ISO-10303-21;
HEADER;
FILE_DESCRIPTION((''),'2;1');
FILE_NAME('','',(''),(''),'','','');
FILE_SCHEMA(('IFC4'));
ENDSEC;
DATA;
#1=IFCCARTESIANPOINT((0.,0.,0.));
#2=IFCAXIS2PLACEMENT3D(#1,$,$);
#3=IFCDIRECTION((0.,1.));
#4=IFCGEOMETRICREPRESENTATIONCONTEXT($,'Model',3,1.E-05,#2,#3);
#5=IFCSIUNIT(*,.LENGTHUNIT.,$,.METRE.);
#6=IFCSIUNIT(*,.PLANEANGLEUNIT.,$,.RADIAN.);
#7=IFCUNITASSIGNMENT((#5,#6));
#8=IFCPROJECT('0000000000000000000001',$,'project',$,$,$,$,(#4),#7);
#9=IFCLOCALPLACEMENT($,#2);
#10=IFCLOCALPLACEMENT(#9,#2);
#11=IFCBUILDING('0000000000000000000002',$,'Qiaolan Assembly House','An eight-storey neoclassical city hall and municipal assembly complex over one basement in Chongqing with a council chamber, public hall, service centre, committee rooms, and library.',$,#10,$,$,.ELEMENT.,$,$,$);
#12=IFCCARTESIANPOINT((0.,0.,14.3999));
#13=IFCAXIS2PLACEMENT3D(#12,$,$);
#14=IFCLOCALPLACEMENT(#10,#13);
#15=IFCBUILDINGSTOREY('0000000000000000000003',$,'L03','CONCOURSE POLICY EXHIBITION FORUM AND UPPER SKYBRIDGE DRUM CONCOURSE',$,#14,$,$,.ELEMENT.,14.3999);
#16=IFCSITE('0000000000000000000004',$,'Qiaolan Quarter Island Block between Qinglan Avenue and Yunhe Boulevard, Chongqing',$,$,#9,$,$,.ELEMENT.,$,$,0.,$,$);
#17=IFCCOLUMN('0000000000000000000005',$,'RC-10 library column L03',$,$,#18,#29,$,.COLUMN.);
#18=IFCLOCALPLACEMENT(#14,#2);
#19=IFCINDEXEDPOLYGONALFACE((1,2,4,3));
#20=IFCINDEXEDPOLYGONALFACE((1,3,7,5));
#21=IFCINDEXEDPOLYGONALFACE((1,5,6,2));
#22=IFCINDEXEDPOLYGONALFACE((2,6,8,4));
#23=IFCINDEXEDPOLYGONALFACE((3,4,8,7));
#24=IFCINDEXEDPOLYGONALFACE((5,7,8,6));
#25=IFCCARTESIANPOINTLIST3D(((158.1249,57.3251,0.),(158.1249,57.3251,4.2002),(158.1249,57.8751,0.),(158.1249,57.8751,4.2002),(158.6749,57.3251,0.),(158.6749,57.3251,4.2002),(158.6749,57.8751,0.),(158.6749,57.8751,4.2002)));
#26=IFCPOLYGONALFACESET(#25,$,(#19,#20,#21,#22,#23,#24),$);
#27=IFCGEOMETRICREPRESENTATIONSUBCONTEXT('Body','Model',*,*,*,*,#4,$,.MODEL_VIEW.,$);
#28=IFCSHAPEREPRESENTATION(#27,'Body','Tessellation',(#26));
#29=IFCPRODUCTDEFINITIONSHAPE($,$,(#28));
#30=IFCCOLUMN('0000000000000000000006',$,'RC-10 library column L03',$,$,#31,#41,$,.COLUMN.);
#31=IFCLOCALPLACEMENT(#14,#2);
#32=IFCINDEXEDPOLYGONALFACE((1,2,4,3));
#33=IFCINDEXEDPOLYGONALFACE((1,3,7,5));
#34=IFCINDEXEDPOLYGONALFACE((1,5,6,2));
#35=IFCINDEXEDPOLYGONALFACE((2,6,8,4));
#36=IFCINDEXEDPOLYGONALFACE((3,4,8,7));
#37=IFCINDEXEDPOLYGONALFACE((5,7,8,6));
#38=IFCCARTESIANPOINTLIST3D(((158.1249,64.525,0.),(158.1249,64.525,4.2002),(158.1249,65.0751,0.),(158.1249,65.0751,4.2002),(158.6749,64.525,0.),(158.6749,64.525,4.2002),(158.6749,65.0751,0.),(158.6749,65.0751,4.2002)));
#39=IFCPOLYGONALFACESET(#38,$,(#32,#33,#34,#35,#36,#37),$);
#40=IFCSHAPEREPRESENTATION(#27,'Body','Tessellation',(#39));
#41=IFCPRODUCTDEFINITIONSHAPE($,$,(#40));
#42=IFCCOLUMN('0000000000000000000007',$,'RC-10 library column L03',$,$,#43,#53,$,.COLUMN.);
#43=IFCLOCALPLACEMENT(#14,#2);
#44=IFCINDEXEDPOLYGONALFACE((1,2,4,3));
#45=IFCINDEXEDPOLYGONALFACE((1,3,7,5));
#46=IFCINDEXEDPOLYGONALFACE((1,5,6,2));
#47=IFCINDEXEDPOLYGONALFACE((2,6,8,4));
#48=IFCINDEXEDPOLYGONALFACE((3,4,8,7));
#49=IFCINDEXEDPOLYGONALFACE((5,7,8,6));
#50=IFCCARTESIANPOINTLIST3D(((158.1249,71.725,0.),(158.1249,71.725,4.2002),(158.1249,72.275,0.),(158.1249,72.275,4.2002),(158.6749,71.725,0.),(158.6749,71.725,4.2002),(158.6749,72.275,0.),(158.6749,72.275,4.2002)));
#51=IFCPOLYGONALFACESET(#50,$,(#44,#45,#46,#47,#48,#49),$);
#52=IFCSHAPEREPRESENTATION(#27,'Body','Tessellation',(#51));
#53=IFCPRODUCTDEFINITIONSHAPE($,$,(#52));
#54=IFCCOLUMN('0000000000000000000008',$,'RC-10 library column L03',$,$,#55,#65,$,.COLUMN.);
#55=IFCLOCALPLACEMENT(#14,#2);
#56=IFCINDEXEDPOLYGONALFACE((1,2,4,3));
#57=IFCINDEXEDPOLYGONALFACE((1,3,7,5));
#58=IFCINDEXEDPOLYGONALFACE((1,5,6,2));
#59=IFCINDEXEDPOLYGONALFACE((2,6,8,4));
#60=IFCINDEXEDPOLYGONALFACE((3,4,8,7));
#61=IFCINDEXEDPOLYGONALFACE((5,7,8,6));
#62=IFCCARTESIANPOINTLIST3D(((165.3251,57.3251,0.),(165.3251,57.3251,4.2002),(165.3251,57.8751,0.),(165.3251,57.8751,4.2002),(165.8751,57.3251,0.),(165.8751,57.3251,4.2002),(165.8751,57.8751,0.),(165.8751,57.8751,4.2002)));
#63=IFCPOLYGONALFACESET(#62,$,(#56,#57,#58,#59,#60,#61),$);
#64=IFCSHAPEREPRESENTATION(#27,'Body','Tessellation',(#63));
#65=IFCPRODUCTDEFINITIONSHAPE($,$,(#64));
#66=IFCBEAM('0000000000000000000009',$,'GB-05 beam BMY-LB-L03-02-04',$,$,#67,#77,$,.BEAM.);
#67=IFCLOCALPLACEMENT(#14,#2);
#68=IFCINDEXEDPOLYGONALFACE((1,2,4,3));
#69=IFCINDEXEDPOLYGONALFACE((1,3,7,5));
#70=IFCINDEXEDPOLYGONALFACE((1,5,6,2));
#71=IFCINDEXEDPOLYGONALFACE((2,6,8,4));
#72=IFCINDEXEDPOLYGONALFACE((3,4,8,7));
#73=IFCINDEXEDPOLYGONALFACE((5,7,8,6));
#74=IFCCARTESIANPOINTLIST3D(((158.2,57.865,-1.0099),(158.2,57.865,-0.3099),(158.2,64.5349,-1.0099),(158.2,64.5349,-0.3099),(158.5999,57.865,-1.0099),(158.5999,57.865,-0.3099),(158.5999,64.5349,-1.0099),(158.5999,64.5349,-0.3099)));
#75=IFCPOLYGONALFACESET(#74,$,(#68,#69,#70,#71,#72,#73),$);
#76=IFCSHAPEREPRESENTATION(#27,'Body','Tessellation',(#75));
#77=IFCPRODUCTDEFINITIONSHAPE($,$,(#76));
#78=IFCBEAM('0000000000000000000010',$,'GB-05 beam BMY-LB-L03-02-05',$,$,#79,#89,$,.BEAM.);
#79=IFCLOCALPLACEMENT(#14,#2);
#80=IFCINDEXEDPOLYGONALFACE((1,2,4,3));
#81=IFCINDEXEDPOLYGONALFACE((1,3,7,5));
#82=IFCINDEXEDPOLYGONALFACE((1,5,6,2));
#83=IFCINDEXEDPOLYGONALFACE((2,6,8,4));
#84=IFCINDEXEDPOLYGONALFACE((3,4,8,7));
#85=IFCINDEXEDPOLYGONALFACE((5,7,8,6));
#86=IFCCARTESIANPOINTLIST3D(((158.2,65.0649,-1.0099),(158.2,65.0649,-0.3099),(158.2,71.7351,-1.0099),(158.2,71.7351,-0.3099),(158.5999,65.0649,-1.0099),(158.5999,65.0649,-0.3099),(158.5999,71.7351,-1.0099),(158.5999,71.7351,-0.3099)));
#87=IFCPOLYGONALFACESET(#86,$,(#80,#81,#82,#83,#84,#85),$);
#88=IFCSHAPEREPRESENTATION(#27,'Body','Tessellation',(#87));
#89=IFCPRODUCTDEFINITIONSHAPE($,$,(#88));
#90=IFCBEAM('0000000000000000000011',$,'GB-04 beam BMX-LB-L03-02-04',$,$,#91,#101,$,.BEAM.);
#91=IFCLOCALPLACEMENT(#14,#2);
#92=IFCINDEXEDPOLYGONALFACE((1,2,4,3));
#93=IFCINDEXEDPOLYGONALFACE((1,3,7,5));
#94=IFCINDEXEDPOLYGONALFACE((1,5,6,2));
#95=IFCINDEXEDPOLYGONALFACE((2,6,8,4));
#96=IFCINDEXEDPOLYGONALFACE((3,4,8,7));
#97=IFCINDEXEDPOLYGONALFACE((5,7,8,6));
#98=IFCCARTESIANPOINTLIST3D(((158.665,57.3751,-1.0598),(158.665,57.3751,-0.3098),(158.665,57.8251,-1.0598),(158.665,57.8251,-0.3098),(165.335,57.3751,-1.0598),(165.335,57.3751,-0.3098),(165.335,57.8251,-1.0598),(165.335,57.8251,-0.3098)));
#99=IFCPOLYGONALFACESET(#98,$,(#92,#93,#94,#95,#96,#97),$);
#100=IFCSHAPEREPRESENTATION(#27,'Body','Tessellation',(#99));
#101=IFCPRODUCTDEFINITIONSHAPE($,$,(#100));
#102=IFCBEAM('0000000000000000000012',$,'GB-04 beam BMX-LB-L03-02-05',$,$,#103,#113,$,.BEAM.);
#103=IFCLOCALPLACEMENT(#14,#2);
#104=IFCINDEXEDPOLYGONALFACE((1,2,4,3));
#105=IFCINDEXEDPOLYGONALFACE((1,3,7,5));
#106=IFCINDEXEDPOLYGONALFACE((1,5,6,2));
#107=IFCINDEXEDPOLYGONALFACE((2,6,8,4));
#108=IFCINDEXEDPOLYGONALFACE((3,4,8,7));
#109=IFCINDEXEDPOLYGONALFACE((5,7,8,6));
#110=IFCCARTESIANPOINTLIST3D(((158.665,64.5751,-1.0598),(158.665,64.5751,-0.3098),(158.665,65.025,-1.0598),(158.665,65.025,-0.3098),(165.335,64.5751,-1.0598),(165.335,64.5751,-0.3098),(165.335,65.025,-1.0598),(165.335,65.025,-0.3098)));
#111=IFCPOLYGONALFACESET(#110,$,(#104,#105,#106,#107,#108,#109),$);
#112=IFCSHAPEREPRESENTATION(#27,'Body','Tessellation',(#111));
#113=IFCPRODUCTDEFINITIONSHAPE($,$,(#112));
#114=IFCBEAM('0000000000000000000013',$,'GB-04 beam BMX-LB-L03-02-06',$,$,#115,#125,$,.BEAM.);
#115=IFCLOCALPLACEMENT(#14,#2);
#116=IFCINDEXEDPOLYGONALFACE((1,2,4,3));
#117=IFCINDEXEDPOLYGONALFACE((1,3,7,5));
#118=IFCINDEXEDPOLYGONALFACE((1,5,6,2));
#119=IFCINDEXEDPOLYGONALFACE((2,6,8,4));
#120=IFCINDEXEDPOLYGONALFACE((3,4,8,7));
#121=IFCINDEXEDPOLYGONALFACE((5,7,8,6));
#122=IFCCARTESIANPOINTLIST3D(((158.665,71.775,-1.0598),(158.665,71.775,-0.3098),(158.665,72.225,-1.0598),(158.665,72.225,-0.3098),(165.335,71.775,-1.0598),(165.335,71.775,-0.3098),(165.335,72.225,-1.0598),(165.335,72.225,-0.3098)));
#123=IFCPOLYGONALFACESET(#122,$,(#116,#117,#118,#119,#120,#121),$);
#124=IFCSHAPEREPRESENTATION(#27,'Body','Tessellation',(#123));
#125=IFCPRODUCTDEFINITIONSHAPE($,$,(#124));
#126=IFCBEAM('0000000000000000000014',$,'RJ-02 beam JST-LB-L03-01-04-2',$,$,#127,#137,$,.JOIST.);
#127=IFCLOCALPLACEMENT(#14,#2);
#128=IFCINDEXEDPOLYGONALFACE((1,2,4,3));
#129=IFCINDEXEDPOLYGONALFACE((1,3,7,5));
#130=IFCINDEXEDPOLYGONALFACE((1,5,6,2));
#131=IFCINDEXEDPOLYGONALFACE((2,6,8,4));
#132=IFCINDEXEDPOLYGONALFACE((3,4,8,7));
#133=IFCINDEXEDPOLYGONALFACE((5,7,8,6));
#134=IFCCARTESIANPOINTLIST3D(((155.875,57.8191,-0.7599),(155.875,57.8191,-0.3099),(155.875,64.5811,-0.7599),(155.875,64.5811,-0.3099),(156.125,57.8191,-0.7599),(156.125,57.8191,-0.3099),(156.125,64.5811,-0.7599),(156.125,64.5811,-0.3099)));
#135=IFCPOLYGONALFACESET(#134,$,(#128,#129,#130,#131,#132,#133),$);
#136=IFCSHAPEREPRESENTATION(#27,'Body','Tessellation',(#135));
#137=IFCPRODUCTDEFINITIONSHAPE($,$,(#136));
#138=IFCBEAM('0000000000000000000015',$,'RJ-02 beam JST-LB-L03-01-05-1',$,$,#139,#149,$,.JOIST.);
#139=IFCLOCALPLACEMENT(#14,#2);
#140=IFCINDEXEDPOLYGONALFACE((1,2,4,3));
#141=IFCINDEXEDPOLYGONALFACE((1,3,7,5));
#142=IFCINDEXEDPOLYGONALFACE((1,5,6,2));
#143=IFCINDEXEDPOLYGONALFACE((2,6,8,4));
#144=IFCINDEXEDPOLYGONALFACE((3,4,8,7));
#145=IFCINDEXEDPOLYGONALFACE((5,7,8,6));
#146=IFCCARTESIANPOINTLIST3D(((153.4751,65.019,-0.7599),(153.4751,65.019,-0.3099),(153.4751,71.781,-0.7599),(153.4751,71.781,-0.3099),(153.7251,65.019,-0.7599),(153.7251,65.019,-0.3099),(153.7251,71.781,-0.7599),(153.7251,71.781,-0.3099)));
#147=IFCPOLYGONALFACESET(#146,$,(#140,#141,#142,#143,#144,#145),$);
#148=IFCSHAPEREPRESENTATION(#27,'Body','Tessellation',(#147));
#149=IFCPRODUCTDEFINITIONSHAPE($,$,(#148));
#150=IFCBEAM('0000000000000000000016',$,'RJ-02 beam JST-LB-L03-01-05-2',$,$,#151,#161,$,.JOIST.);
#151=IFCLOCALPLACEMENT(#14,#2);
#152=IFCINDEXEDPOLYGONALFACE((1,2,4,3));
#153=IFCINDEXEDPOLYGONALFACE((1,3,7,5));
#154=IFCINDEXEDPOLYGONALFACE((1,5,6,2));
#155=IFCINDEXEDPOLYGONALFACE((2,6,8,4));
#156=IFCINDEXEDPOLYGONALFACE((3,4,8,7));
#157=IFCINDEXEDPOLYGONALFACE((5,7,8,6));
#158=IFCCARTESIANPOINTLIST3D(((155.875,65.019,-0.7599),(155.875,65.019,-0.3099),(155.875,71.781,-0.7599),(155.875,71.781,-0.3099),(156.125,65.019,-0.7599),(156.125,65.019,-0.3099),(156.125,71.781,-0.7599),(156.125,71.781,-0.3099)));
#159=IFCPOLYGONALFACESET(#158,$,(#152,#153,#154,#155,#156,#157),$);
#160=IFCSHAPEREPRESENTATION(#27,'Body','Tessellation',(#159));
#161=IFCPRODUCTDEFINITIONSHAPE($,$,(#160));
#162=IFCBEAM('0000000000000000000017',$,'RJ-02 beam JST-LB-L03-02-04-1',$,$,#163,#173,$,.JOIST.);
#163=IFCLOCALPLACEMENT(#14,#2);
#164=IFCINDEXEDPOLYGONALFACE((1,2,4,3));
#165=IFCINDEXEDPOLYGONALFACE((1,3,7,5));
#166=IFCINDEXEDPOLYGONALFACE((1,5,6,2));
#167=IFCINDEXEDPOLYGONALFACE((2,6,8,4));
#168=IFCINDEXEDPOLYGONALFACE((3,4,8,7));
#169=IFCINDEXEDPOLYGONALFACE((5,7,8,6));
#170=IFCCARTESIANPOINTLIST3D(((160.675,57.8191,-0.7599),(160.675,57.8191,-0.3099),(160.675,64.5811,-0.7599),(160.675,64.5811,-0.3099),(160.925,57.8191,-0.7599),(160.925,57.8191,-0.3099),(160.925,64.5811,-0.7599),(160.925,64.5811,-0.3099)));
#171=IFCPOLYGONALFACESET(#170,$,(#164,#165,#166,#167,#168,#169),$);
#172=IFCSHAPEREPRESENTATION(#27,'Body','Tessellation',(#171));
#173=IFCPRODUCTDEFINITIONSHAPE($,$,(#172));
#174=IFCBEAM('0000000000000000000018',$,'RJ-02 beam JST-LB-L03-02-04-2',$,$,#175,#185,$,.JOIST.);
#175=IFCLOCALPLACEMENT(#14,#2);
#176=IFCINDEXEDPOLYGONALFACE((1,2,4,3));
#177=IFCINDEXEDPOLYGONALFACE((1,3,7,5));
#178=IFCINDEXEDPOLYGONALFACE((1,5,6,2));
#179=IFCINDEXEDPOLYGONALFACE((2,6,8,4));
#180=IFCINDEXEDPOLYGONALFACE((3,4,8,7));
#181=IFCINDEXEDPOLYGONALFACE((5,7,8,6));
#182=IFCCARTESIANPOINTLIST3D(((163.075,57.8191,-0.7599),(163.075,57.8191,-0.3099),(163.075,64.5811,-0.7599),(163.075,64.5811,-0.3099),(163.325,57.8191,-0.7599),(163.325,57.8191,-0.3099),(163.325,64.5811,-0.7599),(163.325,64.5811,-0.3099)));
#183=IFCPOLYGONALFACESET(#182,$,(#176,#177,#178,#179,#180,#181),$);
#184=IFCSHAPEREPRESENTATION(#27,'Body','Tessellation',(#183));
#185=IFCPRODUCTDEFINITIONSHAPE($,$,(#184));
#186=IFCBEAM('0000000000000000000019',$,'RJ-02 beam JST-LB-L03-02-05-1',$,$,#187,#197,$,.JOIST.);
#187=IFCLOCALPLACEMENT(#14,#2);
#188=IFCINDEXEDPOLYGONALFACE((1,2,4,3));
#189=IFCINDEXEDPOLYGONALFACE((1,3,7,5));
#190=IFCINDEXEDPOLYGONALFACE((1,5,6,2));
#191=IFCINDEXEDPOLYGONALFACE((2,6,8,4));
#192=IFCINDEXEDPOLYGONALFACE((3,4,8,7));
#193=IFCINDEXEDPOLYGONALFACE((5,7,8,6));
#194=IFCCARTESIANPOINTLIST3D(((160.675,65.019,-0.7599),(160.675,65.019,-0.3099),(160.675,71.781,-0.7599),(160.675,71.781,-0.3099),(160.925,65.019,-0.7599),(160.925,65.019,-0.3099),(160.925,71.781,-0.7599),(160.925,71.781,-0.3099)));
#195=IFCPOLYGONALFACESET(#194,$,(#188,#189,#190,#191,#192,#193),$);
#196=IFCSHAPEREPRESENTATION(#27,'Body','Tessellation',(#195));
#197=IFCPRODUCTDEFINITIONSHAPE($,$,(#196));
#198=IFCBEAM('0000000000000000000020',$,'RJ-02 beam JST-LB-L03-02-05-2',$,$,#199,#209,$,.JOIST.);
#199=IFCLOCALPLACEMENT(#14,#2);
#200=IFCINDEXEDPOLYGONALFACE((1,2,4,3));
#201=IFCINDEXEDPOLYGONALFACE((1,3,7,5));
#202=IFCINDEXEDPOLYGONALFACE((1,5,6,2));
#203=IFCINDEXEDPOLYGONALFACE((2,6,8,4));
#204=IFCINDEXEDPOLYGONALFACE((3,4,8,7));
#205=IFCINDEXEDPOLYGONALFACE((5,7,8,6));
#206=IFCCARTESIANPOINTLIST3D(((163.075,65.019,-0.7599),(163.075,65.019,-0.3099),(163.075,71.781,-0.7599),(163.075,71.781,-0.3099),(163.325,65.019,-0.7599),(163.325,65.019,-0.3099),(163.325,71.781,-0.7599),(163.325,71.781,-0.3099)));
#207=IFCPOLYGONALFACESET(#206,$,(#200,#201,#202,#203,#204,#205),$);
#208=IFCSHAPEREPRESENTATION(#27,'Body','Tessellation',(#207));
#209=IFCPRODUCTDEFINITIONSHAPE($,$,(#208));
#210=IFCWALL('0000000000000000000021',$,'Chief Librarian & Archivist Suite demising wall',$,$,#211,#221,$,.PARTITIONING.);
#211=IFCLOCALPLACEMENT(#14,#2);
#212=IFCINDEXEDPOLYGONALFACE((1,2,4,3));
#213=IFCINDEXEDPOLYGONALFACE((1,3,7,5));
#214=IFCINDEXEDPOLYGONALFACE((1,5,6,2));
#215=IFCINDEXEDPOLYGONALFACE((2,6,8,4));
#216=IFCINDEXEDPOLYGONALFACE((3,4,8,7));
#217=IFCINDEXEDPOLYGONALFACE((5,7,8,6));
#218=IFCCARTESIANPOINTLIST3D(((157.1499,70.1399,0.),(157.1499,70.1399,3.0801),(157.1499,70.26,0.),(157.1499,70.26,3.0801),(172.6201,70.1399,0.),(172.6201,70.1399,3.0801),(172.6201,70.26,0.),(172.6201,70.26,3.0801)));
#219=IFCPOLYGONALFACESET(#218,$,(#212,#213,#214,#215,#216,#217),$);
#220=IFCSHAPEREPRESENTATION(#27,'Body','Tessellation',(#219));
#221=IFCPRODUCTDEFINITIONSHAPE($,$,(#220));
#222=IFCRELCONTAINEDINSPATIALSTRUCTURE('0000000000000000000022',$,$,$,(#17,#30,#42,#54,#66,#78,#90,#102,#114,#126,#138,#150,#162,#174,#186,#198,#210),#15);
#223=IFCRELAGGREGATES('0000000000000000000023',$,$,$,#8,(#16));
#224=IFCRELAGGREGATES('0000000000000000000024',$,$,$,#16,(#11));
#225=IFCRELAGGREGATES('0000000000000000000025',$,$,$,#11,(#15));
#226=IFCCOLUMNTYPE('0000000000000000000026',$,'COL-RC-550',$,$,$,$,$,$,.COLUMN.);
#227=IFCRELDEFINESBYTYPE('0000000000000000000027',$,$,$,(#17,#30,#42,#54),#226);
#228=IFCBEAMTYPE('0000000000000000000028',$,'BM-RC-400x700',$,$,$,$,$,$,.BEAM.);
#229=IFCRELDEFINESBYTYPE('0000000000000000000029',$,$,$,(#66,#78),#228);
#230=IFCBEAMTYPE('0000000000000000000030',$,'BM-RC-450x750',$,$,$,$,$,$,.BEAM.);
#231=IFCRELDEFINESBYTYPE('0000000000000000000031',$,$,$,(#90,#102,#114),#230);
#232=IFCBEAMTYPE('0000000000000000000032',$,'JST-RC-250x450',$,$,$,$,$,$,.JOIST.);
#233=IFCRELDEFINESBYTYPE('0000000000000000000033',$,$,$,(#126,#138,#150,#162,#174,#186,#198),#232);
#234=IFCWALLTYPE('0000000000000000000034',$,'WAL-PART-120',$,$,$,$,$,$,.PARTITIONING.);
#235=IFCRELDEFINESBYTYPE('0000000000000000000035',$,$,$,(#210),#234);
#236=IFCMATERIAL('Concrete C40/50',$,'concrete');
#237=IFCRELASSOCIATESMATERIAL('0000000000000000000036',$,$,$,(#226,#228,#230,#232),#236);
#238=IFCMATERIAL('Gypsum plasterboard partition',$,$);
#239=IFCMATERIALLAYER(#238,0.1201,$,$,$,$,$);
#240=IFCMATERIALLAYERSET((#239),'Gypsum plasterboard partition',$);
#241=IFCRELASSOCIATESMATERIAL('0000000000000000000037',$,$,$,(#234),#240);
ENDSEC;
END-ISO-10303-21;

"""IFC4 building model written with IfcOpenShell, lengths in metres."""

from ifc_helpers import new_model, si_unit, direction, frame, frame_2d, origin, origin_2d, place, context, subcontext, project, spatial, rectangle, extrude, material, layer, layer_set, material_profile, profile_set, type_object, element, save


model = new_model("IFC4")

# Units and contexts
model_context = context("Model", 3, precision=1e-05, world=origin(), true_north=direction((0.0, 1.0)))
body_context = subcontext(model_context, "Body", "Model", "MODEL_VIEW")
ifc_project = project(units=[si_unit("LENGTHUNIT", "METRE"), si_unit("PLANEANGLEUNIT", "RADIAN")], contexts=[model_context])

# Site, building, storey
site_placement = place(None, origin())
site = spatial("IfcSite", under=ifc_project, at=site_placement, Name="Qiaolan Quarter Island Block between Qinglan Avenue and Yunhe Boulevard, Chongqing", CompositionType="ELEMENT", RefElevation=0.0)
building_placement = place(site_placement, origin())
building = spatial("IfcBuilding", under=site, at=building_placement, Name="Qiaolan Assembly House", Description="An eight-storey neoclassical city hall and municipal assembly complex over one basement in Chongqing with a council chamber, public hall, service centre, committee rooms, and library.", CompositionType="ELEMENT")
storey_placement = place(building_placement, frame((0.0, 0.0, 14.3999)))
storey = spatial("IfcBuildingStorey", under=building, at=storey_placement, Name="L03", Description="CONCOURSE POLICY EXHIBITION FORUM AND UPPER SKYBRIDGE DRUM CONCOURSE", CompositionType="ELEMENT", Elevation=14.3999)

# Columns
ifc_material_1 = material(Name="Concrete C40/50", Category="concrete")
ifc_material_profile_1 = material_profile(ifc_material_1, rectangle(XDim=0.55, YDim=0.55, at=origin_2d()), Name="RC 550x550")
ifc_profile_set_1 = profile_set([ifc_material_profile_1], Name="Concrete C40/50")
column_type = type_object("IfcColumnType", Name="COL-RC-550", PredefinedType="COLUMN", material=ifc_profile_set_1)
for number, where, z_axis, x_axis, name in (
    (1, (158.3999, 57.6001, 0.0), (0.0, 0.0, 1.0), (1.0, 0.0, 0.0), "RC-10 library column L03"),
    (2, (158.3999, 64.8, 0.0), (0.0, 0.0, 1.0), (1.0, 0.0, 0.0), "RC-10 library column L03"),
    (3, (158.3999, 72.0, 0.0), (0.0, 0.0, 1.0), (1.0, 0.0, 0.0), "RC-10 library column L03"),
    (4, (165.6001, 57.6001, 0.0), (0.0, 0.0, 1.0), (1.0, 0.0, 0.0), "RC-10 library column L03"),
):
    element("IfcColumn", number, at=place(storey_placement, frame(where, z_axis=z_axis, x_axis=x_axis)), inside=storey, type_object=column_type, Name=name, PredefinedType="COLUMN", context=body_context, shape_type="SweptSolid", body=[
        extrude(rectangle(XDim=0.55, YDim=0.55, at=origin_2d()), origin(), (0.0, 0.0, 1.0), 4.2002),
    ])

# Beams
ifc_material_profile_2 = material_profile(ifc_material_1, rectangle(XDim=0.3999, YDim=0.7, at=origin_2d()), Name="RCB 400x700")
ifc_profile_set_2 = profile_set([ifc_material_profile_2], Name="Concrete C40/50")
beam_type_1 = type_object("IfcBeamType", Name="BM-RC-400x700", PredefinedType="BEAM", material=ifc_profile_set_2)
beam_1_placement = place(storey_placement, frame((158.3999, 57.865, -0.6599), z_axis=(0.0, 1.0, 0.0), x_axis=(-1.0, 0.0, 0.0)))
element("IfcBeam", 5, at=beam_1_placement, inside=storey, type_object=beam_type_1, Name="GB-05 beam BMY-LB-L03-02-04", PredefinedType="BEAM", context=body_context, shape_type="SweptSolid", body=[
    extrude(rectangle(XDim=0.3999, YDim=0.7, at=origin_2d()), origin(), (0.0, 0.0, 1.0), 6.6699),
])
beam_2_placement = place(storey_placement, frame((158.3999, 65.0649, -0.6599), z_axis=(0.0, 1.0, 0.0), x_axis=(-1.0, 0.0, 0.0)))
element("IfcBeam", 6, at=beam_2_placement, inside=storey, type_object=beam_type_1, Name="GB-05 beam BMY-LB-L03-02-05", PredefinedType="BEAM", context=body_context, shape_type="SweptSolid", body=[
    extrude(rectangle(XDim=0.3999, YDim=0.7, at=origin_2d()), origin(), (0.0, 0.0, 1.0), 6.6702),
])
ifc_material_profile_3 = material_profile(ifc_material_1, rectangle(XDim=0.45, YDim=0.75, at=origin_2d()), Name="RCB 450x750")
ifc_profile_set_3 = profile_set([ifc_material_profile_3], Name="Concrete C40/50")
beam_type_2 = type_object("IfcBeamType", Name="BM-RC-450x750", PredefinedType="BEAM", material=ifc_profile_set_3)
for number, where, z_axis, x_axis, name in (
    (7, (158.665, 57.6001, -0.6848), (1.0, 0.0, 0.0), (0.0, 1.0, 0.0), "GB-04 beam BMX-LB-L03-02-04"),
    (8, (158.665, 64.8, -0.6848), (1.0, 0.0, 0.0), (0.0, 1.0, 0.0), "GB-04 beam BMX-LB-L03-02-05"),
    (9, (158.665, 72.0, -0.6848), (1.0, 0.0, 0.0), (0.0, 1.0, 0.0), "GB-04 beam BMX-LB-L03-02-06"),
):
    element("IfcBeam", number, at=place(storey_placement, frame(where, z_axis=z_axis, x_axis=x_axis)), inside=storey, type_object=beam_type_2, Name=name, PredefinedType="BEAM", context=body_context, shape_type="SweptSolid", body=[
        extrude(rectangle(XDim=0.45, YDim=0.75, at=origin_2d()), origin(), (0.0, 0.0, 1.0), 6.6699),
    ])
ifc_material_profile_4 = material_profile(ifc_material_1, rectangle(XDim=0.25, YDim=0.45, at=origin_2d()), Name="RCB 250x450")
ifc_profile_set_4 = profile_set([ifc_material_profile_4], Name="Concrete C40/50")
beam_type_3 = type_object("IfcBeamType", Name="JST-RC-250x450", PredefinedType="JOIST", material=ifc_profile_set_4)
for number, where, z_axis, x_axis, name in (
    (10, (156.0, 57.8191, -0.5349), (0.0, 1.0, 0.0), (-1.0, 0.0, 0.0), "RJ-02 beam JST-LB-L03-01-04-2"),
    (11, (153.6001, 65.019, -0.5349), (0.0, 1.0, 0.0), (-1.0, 0.0, 0.0), "RJ-02 beam JST-LB-L03-01-05-1"),
    (12, (156.0, 65.019, -0.5349), (0.0, 1.0, 0.0), (-1.0, 0.0, 0.0), "RJ-02 beam JST-LB-L03-01-05-2"),
    (13, (160.8, 57.8191, -0.5349), (0.0, 1.0, 0.0), (-1.0, 0.0, 0.0), "RJ-02 beam JST-LB-L03-02-04-1"),
    (14, (163.2, 57.8191, -0.5349), (0.0, 1.0, 0.0), (-1.0, 0.0, 0.0), "RJ-02 beam JST-LB-L03-02-04-2"),
    (15, (160.8, 65.019, -0.5349), (0.0, 1.0, 0.0), (-1.0, 0.0, 0.0), "RJ-02 beam JST-LB-L03-02-05-1"),
    (16, (163.2, 65.019, -0.5349), (0.0, 1.0, 0.0), (-1.0, 0.0, 0.0), "RJ-02 beam JST-LB-L03-02-05-2"),
):
    element("IfcBeam", number, at=place(storey_placement, frame(where, z_axis=z_axis, x_axis=x_axis)), inside=storey, type_object=beam_type_3, Name=name, PredefinedType="JOIST", context=body_context, shape_type="SweptSolid", body=[
        extrude(rectangle(XDim=0.25, YDim=0.45, at=origin_2d()), origin(), (0.0, 0.0, 1.0), 6.762),
    ])

# Wall
ifc_material_2 = material(Name="Gypsum plasterboard partition")
ifc_layer_1 = layer(ifc_material_2, 0.1201)
ifc_layer_set_1 = layer_set([ifc_layer_1], Name="Gypsum plasterboard partition")
wall_type_1 = type_object("IfcWallType", Name="WAL-PART-120", PredefinedType="PARTITIONING", material=ifc_layer_set_1)
wall_1_placement = place(storey_placement, frame((157.1499, 70.2, 0.0), z_axis=(0.0, 0.0, 1.0), x_axis=(1.0, 0.0, 0.0)))
element("IfcWall", 17, at=wall_1_placement, inside=storey, type_object=wall_type_1, Name="Chief Librarian & Archivist Suite demising wall", PredefinedType="PARTITIONING", context=body_context, shape_type="SweptSolid", body=[
    extrude(rectangle(XDim=15.4702, YDim=0.1201, at=frame_2d((7.7351, 0.0))), origin(), (0.0, 0.0, 1.0), 3.0801),
])

save(model, "model.ifc")
